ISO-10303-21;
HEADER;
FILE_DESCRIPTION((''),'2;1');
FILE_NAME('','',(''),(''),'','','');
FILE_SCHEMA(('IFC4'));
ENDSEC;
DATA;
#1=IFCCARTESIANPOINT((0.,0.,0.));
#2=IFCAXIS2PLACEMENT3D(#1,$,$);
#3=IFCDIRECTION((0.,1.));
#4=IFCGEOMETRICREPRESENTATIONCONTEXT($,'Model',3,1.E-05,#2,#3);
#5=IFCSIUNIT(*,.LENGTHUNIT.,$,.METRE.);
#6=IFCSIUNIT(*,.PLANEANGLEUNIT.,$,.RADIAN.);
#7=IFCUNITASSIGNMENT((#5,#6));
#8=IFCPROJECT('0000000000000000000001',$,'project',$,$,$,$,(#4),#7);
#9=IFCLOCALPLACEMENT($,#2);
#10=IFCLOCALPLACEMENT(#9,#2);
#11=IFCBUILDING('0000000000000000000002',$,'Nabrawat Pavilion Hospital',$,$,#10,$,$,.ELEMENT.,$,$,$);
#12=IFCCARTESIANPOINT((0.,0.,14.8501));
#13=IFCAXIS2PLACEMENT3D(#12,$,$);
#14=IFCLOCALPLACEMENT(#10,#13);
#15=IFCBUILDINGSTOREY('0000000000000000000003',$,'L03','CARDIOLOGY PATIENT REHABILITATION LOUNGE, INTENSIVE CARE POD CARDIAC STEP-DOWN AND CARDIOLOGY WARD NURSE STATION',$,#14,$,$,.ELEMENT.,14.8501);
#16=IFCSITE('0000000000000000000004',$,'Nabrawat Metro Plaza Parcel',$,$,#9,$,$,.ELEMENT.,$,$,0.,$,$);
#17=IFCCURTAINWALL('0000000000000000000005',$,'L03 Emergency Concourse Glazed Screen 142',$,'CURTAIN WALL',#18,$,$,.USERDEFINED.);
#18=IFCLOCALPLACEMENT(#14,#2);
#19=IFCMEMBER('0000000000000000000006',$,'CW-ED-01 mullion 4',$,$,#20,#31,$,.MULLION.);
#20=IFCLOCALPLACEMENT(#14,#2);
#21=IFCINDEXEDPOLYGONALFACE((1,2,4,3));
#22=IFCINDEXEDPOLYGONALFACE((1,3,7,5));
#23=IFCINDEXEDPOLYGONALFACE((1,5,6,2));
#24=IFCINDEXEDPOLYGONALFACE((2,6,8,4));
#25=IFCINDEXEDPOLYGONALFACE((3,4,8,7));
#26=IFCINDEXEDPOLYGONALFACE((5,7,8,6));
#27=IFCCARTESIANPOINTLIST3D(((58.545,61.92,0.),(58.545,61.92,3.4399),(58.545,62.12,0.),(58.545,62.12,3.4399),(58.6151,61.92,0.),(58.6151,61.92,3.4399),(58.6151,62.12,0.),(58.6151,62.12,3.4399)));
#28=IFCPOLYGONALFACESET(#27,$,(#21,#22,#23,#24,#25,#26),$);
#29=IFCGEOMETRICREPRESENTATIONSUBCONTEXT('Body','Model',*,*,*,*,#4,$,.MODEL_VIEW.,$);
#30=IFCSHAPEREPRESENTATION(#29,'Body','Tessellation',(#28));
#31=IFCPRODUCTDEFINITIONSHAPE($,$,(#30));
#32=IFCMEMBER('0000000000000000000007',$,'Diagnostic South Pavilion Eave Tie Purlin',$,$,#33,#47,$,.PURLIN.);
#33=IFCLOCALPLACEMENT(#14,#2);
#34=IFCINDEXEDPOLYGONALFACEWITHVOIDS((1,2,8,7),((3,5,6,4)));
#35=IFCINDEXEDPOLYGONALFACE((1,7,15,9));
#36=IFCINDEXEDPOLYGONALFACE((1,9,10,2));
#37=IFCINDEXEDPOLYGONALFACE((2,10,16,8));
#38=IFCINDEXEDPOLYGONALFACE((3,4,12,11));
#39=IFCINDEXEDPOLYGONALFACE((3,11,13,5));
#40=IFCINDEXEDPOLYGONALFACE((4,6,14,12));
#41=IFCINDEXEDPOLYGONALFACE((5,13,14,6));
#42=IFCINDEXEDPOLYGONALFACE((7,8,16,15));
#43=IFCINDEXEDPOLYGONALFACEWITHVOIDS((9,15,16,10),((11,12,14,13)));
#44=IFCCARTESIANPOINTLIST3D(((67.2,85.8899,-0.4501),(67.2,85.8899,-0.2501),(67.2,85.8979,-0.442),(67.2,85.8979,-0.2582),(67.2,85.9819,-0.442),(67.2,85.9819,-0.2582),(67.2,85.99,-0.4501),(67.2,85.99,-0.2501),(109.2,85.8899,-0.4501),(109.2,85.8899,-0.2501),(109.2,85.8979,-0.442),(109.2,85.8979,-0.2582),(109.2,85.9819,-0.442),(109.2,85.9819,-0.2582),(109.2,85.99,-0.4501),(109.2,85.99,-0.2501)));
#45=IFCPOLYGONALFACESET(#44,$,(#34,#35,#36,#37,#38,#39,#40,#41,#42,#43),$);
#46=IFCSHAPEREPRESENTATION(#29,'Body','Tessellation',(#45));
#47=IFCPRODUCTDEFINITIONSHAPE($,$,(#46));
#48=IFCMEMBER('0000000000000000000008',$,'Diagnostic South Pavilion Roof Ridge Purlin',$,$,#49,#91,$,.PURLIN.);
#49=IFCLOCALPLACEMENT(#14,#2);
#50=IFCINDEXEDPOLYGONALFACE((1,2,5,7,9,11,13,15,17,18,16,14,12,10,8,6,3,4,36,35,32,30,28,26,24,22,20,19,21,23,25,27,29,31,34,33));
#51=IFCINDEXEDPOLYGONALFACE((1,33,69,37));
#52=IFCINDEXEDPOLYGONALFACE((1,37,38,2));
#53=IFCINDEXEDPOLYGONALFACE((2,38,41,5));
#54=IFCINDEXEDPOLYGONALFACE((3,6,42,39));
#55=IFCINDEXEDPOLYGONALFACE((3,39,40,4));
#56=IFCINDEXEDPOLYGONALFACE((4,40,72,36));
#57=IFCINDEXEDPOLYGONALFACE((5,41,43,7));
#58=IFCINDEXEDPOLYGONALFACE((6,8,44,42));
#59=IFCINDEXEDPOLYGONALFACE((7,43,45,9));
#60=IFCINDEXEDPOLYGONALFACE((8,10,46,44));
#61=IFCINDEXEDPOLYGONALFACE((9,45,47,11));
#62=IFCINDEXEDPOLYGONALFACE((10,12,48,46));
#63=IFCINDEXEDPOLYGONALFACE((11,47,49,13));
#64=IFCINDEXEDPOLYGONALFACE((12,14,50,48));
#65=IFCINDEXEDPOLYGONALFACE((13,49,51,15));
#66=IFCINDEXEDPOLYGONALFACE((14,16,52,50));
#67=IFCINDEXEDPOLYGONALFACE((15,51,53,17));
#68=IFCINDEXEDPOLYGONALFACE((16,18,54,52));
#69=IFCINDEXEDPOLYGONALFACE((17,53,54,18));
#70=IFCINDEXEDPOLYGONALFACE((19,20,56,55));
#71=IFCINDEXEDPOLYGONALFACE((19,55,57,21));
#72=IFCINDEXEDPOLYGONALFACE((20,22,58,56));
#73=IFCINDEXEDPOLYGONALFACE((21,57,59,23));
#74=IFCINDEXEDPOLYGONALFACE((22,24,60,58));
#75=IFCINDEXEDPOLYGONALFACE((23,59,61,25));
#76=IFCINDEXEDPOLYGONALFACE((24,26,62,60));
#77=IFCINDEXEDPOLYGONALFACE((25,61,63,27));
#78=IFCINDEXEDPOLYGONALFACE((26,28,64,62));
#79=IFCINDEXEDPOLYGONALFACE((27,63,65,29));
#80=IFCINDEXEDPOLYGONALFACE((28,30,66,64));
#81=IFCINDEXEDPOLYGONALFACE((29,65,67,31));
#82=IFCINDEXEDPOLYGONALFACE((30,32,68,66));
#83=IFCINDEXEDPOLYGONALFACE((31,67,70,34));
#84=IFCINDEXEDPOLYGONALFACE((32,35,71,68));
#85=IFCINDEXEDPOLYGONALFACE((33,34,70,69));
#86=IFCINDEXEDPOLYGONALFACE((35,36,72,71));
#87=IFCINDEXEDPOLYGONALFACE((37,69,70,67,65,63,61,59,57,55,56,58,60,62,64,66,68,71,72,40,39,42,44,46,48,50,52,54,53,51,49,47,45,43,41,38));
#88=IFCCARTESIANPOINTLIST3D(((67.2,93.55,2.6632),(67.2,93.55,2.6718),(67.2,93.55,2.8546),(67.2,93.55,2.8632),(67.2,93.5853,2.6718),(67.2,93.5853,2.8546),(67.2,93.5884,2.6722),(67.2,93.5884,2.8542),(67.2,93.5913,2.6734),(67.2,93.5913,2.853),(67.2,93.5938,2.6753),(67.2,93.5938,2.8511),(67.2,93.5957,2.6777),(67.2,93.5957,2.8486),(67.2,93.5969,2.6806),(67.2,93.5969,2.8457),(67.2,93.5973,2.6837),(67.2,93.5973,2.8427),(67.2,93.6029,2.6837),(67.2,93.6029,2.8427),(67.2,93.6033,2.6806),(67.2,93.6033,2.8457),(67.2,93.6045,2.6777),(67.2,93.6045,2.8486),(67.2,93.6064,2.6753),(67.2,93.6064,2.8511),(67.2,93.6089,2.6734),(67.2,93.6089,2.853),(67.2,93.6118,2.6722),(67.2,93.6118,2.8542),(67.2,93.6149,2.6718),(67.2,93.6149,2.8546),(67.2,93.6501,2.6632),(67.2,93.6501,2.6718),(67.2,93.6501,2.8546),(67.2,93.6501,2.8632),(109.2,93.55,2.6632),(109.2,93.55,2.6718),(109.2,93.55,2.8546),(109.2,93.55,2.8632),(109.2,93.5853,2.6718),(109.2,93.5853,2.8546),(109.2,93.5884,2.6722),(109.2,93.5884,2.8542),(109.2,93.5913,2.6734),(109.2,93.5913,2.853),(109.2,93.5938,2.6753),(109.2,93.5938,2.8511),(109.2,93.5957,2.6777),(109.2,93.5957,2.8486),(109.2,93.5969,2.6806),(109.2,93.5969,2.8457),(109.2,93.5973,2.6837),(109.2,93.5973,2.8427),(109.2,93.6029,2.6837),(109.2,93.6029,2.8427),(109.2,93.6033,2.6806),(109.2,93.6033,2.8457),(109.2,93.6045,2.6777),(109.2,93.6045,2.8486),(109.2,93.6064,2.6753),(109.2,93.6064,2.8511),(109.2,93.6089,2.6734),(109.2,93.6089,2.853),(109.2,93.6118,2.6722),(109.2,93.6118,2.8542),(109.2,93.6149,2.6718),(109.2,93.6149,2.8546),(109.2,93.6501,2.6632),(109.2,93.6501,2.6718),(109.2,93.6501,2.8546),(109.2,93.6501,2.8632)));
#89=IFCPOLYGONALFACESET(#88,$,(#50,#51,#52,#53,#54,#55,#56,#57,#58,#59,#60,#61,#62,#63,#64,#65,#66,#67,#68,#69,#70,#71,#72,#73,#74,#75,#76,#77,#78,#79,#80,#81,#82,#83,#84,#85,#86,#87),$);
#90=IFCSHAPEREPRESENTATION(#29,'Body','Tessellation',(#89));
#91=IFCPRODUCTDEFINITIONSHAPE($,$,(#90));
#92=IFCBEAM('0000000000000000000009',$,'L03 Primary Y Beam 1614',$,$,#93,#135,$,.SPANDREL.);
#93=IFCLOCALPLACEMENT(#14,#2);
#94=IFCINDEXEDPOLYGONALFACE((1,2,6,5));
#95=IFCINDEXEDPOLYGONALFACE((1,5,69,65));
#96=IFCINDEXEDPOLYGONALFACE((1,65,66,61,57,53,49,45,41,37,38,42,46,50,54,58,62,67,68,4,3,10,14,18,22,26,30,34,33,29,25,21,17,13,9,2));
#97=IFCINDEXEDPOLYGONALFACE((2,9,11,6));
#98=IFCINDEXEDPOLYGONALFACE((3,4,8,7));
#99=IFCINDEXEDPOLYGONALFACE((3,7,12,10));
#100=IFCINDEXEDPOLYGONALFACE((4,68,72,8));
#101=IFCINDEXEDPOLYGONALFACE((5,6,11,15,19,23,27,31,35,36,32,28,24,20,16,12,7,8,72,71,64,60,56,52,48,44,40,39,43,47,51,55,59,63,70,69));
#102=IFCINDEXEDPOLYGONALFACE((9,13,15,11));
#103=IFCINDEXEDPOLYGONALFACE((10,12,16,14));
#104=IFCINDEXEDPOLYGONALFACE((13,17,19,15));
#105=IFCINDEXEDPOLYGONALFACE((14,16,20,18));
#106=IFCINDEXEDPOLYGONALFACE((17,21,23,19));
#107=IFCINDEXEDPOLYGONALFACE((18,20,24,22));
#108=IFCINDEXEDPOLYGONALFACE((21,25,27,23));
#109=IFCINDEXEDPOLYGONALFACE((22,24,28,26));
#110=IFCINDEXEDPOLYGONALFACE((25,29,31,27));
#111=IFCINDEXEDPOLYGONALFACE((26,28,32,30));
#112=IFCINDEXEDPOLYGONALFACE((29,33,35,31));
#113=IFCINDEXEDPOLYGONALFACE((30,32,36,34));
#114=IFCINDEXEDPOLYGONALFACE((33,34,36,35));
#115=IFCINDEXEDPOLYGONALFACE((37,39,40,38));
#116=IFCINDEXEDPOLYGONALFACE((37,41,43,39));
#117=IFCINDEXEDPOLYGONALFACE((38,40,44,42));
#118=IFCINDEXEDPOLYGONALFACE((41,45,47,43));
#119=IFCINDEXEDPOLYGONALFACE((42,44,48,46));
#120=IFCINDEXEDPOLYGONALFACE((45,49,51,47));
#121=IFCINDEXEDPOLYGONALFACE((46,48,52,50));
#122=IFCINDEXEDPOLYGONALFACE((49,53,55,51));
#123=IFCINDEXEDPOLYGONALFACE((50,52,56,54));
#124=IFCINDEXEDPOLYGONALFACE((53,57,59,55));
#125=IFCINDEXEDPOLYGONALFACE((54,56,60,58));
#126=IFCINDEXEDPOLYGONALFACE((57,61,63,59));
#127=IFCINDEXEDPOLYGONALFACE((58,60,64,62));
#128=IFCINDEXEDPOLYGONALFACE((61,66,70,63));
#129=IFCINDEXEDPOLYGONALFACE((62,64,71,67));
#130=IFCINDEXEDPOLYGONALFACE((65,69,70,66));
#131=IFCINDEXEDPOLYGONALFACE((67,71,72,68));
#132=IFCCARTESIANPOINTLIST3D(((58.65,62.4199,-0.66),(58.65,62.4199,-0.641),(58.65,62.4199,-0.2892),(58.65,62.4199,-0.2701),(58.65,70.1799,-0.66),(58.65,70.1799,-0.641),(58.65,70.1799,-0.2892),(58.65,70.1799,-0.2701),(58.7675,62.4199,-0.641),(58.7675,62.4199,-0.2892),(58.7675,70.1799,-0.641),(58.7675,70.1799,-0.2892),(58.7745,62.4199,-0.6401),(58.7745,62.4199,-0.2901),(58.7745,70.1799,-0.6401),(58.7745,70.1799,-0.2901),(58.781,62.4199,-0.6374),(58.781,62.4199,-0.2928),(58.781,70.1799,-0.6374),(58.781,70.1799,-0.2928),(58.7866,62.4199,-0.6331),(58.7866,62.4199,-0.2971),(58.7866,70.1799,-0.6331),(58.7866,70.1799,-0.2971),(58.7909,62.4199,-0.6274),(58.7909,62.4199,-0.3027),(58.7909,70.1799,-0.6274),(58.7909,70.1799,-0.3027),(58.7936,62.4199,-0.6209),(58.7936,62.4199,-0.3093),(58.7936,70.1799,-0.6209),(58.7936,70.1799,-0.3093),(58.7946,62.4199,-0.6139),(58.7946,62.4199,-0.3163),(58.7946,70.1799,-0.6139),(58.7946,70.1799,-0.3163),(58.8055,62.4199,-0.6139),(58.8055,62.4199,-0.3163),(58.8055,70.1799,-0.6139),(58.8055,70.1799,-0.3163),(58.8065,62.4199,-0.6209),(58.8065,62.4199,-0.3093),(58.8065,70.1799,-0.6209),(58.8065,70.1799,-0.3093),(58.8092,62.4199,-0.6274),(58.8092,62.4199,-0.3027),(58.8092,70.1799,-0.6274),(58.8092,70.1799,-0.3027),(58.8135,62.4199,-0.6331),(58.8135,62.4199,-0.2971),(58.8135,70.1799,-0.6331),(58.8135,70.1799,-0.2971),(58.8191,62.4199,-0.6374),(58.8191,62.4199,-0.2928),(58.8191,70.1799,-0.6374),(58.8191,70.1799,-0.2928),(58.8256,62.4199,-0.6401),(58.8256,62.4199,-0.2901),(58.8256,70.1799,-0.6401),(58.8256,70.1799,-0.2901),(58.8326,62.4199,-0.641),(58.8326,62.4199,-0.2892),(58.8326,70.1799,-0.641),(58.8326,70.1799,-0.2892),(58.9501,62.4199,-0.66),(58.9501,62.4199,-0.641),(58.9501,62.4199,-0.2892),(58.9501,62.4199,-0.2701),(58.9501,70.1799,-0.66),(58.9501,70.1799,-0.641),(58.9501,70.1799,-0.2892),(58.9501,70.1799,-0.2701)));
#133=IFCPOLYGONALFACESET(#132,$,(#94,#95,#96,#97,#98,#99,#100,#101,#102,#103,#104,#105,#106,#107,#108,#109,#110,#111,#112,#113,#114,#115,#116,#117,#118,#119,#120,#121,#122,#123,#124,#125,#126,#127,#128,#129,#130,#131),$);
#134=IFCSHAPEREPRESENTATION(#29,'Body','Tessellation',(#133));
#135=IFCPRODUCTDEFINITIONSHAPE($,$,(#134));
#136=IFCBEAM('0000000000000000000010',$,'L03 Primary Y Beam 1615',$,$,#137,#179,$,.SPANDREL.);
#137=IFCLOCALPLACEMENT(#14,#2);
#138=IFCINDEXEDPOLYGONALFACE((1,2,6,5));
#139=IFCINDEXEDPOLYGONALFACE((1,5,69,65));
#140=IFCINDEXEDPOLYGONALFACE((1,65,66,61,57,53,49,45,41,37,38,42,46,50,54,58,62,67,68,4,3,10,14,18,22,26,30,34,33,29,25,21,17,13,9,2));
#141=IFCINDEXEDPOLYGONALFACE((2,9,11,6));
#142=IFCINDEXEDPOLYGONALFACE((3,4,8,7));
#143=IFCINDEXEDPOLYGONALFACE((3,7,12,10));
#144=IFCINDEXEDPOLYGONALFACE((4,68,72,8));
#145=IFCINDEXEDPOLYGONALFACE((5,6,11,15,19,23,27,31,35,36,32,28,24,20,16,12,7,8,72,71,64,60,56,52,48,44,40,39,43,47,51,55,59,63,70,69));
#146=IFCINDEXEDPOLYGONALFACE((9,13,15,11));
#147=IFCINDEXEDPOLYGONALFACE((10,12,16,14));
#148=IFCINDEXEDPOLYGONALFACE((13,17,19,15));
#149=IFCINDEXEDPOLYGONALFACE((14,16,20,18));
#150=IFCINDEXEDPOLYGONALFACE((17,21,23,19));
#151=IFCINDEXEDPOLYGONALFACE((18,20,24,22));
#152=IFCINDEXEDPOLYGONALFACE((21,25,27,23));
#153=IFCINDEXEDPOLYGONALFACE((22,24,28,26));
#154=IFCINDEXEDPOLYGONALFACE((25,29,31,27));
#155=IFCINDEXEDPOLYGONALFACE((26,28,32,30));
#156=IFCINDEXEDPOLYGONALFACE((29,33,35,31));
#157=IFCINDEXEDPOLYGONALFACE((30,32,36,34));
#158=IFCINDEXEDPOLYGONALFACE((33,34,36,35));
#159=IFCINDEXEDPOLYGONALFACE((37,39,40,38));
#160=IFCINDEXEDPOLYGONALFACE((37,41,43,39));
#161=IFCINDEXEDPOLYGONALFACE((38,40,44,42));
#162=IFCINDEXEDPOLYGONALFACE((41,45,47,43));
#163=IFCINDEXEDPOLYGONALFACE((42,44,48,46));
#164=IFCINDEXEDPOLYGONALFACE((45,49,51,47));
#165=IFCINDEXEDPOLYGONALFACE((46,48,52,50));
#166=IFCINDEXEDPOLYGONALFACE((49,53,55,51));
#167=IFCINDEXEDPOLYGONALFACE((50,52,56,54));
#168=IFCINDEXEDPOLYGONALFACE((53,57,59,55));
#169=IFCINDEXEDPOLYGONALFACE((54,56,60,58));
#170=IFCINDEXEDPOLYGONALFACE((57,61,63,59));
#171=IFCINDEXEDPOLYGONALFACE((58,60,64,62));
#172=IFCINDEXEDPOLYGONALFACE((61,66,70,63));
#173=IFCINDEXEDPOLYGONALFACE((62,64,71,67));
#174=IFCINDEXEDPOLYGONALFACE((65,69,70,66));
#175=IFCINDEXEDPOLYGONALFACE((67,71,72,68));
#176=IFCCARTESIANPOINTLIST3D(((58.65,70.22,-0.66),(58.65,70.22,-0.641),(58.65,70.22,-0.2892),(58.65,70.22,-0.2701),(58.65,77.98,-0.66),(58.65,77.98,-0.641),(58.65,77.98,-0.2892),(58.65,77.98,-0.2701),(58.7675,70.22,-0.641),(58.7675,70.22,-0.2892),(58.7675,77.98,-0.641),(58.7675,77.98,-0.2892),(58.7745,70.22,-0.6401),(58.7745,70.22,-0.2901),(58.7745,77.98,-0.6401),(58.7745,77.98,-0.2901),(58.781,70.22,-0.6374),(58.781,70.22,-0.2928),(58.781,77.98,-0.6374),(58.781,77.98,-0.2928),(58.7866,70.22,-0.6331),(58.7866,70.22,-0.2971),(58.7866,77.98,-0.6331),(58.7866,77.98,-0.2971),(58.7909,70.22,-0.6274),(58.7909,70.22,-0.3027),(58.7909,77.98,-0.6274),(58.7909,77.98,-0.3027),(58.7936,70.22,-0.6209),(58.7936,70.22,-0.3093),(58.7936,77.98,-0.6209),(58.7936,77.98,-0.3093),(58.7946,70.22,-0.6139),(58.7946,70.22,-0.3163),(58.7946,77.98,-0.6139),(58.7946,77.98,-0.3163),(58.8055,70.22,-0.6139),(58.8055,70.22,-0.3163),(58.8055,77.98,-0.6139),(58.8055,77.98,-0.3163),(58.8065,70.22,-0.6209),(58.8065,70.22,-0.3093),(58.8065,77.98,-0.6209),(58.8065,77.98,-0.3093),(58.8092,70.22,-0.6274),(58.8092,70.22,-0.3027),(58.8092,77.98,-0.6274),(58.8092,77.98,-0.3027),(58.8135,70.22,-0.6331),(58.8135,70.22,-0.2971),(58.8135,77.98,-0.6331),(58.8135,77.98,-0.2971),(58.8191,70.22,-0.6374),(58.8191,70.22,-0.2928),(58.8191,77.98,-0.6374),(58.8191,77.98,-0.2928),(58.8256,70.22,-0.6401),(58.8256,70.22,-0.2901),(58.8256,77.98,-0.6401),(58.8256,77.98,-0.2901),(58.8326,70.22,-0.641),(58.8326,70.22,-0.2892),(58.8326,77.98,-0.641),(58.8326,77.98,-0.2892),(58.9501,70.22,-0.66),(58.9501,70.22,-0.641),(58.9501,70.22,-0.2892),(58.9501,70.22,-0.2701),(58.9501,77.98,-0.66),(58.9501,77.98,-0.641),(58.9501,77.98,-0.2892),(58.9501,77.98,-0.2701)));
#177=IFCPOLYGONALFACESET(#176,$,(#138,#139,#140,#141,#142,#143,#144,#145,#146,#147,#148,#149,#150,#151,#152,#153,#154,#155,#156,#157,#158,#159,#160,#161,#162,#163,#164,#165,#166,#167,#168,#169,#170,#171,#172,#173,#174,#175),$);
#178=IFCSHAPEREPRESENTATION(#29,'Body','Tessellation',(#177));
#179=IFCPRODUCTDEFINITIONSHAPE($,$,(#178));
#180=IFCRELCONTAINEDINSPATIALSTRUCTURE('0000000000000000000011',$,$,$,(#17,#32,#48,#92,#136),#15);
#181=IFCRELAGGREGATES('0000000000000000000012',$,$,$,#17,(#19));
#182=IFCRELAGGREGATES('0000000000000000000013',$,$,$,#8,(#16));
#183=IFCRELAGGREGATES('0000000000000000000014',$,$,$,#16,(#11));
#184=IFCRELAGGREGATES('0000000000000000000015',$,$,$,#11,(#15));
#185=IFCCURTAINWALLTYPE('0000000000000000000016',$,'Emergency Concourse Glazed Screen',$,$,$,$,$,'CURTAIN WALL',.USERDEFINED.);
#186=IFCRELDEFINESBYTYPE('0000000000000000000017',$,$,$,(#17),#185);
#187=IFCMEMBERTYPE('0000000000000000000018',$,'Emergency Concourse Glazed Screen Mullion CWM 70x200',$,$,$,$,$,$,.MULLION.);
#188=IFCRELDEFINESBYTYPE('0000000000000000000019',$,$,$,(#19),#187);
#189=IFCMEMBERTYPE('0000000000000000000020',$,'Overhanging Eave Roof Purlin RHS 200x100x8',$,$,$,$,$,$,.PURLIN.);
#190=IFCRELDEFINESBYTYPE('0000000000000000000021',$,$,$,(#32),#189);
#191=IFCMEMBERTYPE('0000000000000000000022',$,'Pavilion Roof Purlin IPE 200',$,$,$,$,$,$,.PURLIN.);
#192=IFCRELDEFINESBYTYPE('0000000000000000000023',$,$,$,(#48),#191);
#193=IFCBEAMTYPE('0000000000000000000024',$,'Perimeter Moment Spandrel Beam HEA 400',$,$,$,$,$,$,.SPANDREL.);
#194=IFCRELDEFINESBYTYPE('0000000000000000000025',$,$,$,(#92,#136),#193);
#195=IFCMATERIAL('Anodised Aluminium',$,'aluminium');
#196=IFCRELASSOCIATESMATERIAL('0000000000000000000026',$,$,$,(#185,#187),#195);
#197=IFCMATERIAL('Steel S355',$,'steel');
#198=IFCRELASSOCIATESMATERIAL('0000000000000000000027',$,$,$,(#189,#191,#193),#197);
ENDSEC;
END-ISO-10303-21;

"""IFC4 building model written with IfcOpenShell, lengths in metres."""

from ifc_helpers import new_model, si_unit, direction, frame, origin, origin_2d, place, context, subcontext, project, spatial, rectangle, hollow_rectangle, i_section, extrude, material, material_profile, profile_set, type_object, element, aggregate, save


model = new_model("IFC4")

# Units and contexts
model_context = context("Model", 3, precision=1e-05, world=origin(), true_north=direction((0.0, 1.0)))
body_context = subcontext(model_context, "Body", "Model", "MODEL_VIEW")
ifc_project = project(units=[si_unit("LENGTHUNIT", "METRE"), si_unit("PLANEANGLEUNIT", "RADIAN")], contexts=[model_context])

# Site, building, storey
site_placement = place(None, origin())
site = spatial("IfcSite", under=ifc_project, at=site_placement, Name="Nabrawat Metro Plaza Parcel", CompositionType="ELEMENT", RefElevation=0.0)
building_placement = place(site_placement, origin())
building = spatial("IfcBuilding", under=site, at=building_placement, Name="Nabrawat Pavilion Hospital", CompositionType="ELEMENT")
storey_placement = place(building_placement, frame((0.0, 0.0, 14.8501)))
storey = spatial("IfcBuildingStorey", under=building, at=storey_placement, Name="L03", Description="CARDIOLOGY PATIENT REHABILITATION LOUNGE, INTENSIVE CARE POD CARDIAC STEP-DOWN AND CARDIOLOGY WARD NURSE STATION", CompositionType="ELEMENT", Elevation=14.8501)

# Shared definitions
ifc_material_1 = material(Name="Steel S355", Category="steel")

# Curtain wall, member
ifc_material_2 = material(Name="Anodised Aluminium", Category="aluminium")
curtain_wall_type = type_object("IfcCurtainWallType", Name="Emergency Concourse Glazed Screen", ElementType="CURTAIN WALL", PredefinedType="USERDEFINED", material=ifc_material_2)
curtain_wall_placement = place(storey_placement, origin())
curtain_wall = element("IfcCurtainWall", 1, at=curtain_wall_placement, inside=storey, type_object=curtain_wall_type, Name="L03 Emergency Concourse Glazed Screen 142", ObjectType="CURTAIN WALL", PredefinedType="USERDEFINED")
ifc_material_profile_1 = material_profile(ifc_material_2, rectangle(XDim=0.0701, YDim=0.2, at=origin_2d()), Name="CWM 70x200")
ifc_profile_set_1 = profile_set([ifc_material_profile_1], Name="Anodised Aluminium")
member_type_1 = type_object("IfcMemberType", Name="Emergency Concourse Glazed Screen Mullion CWM 70x200", PredefinedType="MULLION", material=ifc_profile_set_1)
member_1_placement = place(storey_placement, frame((58.5801, 62.02, 0.0), z_axis=(0.0, 0.0, 1.0), x_axis=(-1.0, 0.0, 0.0)))
member_1 = element("IfcMember", 2, at=member_1_placement, type_object=member_type_1, Name="CW-ED-01 mullion 4", PredefinedType="MULLION", context=body_context, shape_type="SweptSolid", body=[
    extrude(rectangle(XDim=0.0701, YDim=0.2, at=origin_2d()), origin(), (0.0, 0.0, 1.0), 3.4399),
])
aggregate(curtain_wall, [member_1])

# Members
ifc_material_profile_2 = material_profile(ifc_material_1, hollow_rectangle(XDim=0.1001, YDim=0.2, WallThickness=0.0081, at=origin_2d()), Name="RHS 200x100x8")
ifc_profile_set_2 = profile_set([ifc_material_profile_2], Name="Steel S355")
member_type_2 = type_object("IfcMemberType", Name="Overhanging Eave Roof Purlin RHS 200x100x8", PredefinedType="PURLIN", material=ifc_profile_set_2)
member_2_placement = place(storey_placement, frame((67.2, 85.9399, -0.3501), z_axis=(1.0, 0.0, 0.0), x_axis=(0.0, 1.0, 0.0)))
element("IfcMember", 3, at=member_2_placement, inside=storey, type_object=member_type_2, Name="Diagnostic South Pavilion Eave Tie Purlin", PredefinedType="PURLIN", context=body_context, shape_type="SweptSolid", body=[
    extrude(hollow_rectangle(XDim=0.1001, YDim=0.2, WallThickness=0.0081, at=origin_2d()), origin(), (0.0, 0.0, 1.0), 42.0),
])
ifc_material_profile_3 = material_profile(ifc_material_1, i_section(OverallWidth=0.1001, OverallDepth=0.2, WebThickness=0.0056, FlangeThickness=0.0085, FilletRadius=0.012, at=origin_2d()), Name="IPE 200")
ifc_profile_set_3 = profile_set([ifc_material_profile_3], Name="Steel S355")
member_type_3 = type_object("IfcMemberType", Name="Pavilion Roof Purlin IPE 200", PredefinedType="PURLIN", material=ifc_profile_set_3)
member_3_placement = place(storey_placement, frame((67.2, 93.6001, 2.7632), z_axis=(1.0, 0.0, 0.0), x_axis=(0.0, 1.0, 0.0)))
element("IfcMember", 4, at=member_3_placement, inside=storey, type_object=member_type_3, Name="Diagnostic South Pavilion Roof Ridge Purlin", PredefinedType="PURLIN", context=body_context, shape_type="SweptSolid", body=[
    extrude(i_section(OverallWidth=0.1001, OverallDepth=0.2, WebThickness=0.0056, FlangeThickness=0.0085, FilletRadius=0.012, at=origin_2d()), origin(), (0.0, 0.0, 1.0), 42.0),
])

# Beams
ifc_material_profile_4 = material_profile(ifc_material_1, i_section(OverallWidth=0.3, OverallDepth=0.3899, WebThickness=0.011, FlangeThickness=0.019, FilletRadius=0.0271, at=origin_2d()), Name="HEA 400")
ifc_profile_set_4 = profile_set([ifc_material_profile_4], Name="Steel S355")
beam_type = type_object("IfcBeamType", Name="Perimeter Moment Spandrel Beam HEA 400", PredefinedType="SPANDREL", material=ifc_profile_set_4)
for number, where, z_axis, x_axis, name in (
    (5, (58.8, 62.4199, -0.4651), (0.0, 1.0, 0.0), (-1.0, 0.0, 0.0), "L03 Primary Y Beam 1614"),
    (6, (58.8, 70.22, -0.4651), (0.0, 1.0, 0.0), (-1.0, 0.0, 0.0), "L03 Primary Y Beam 1615"),
):
    element("IfcBeam", number, at=place(storey_placement, frame(where, z_axis=z_axis, x_axis=x_axis)), inside=storey, type_object=beam_type, Name=name, PredefinedType="SPANDREL", context=body_context, shape_type="SweptSolid", body=[
        extrude(i_section(OverallWidth=0.3, OverallDepth=0.3899, WebThickness=0.011, FlangeThickness=0.019, FilletRadius=0.0271, at=origin_2d()), origin(), (0.0, 0.0, 1.0), 7.76),
    ])

save(model, "model.ifc")
